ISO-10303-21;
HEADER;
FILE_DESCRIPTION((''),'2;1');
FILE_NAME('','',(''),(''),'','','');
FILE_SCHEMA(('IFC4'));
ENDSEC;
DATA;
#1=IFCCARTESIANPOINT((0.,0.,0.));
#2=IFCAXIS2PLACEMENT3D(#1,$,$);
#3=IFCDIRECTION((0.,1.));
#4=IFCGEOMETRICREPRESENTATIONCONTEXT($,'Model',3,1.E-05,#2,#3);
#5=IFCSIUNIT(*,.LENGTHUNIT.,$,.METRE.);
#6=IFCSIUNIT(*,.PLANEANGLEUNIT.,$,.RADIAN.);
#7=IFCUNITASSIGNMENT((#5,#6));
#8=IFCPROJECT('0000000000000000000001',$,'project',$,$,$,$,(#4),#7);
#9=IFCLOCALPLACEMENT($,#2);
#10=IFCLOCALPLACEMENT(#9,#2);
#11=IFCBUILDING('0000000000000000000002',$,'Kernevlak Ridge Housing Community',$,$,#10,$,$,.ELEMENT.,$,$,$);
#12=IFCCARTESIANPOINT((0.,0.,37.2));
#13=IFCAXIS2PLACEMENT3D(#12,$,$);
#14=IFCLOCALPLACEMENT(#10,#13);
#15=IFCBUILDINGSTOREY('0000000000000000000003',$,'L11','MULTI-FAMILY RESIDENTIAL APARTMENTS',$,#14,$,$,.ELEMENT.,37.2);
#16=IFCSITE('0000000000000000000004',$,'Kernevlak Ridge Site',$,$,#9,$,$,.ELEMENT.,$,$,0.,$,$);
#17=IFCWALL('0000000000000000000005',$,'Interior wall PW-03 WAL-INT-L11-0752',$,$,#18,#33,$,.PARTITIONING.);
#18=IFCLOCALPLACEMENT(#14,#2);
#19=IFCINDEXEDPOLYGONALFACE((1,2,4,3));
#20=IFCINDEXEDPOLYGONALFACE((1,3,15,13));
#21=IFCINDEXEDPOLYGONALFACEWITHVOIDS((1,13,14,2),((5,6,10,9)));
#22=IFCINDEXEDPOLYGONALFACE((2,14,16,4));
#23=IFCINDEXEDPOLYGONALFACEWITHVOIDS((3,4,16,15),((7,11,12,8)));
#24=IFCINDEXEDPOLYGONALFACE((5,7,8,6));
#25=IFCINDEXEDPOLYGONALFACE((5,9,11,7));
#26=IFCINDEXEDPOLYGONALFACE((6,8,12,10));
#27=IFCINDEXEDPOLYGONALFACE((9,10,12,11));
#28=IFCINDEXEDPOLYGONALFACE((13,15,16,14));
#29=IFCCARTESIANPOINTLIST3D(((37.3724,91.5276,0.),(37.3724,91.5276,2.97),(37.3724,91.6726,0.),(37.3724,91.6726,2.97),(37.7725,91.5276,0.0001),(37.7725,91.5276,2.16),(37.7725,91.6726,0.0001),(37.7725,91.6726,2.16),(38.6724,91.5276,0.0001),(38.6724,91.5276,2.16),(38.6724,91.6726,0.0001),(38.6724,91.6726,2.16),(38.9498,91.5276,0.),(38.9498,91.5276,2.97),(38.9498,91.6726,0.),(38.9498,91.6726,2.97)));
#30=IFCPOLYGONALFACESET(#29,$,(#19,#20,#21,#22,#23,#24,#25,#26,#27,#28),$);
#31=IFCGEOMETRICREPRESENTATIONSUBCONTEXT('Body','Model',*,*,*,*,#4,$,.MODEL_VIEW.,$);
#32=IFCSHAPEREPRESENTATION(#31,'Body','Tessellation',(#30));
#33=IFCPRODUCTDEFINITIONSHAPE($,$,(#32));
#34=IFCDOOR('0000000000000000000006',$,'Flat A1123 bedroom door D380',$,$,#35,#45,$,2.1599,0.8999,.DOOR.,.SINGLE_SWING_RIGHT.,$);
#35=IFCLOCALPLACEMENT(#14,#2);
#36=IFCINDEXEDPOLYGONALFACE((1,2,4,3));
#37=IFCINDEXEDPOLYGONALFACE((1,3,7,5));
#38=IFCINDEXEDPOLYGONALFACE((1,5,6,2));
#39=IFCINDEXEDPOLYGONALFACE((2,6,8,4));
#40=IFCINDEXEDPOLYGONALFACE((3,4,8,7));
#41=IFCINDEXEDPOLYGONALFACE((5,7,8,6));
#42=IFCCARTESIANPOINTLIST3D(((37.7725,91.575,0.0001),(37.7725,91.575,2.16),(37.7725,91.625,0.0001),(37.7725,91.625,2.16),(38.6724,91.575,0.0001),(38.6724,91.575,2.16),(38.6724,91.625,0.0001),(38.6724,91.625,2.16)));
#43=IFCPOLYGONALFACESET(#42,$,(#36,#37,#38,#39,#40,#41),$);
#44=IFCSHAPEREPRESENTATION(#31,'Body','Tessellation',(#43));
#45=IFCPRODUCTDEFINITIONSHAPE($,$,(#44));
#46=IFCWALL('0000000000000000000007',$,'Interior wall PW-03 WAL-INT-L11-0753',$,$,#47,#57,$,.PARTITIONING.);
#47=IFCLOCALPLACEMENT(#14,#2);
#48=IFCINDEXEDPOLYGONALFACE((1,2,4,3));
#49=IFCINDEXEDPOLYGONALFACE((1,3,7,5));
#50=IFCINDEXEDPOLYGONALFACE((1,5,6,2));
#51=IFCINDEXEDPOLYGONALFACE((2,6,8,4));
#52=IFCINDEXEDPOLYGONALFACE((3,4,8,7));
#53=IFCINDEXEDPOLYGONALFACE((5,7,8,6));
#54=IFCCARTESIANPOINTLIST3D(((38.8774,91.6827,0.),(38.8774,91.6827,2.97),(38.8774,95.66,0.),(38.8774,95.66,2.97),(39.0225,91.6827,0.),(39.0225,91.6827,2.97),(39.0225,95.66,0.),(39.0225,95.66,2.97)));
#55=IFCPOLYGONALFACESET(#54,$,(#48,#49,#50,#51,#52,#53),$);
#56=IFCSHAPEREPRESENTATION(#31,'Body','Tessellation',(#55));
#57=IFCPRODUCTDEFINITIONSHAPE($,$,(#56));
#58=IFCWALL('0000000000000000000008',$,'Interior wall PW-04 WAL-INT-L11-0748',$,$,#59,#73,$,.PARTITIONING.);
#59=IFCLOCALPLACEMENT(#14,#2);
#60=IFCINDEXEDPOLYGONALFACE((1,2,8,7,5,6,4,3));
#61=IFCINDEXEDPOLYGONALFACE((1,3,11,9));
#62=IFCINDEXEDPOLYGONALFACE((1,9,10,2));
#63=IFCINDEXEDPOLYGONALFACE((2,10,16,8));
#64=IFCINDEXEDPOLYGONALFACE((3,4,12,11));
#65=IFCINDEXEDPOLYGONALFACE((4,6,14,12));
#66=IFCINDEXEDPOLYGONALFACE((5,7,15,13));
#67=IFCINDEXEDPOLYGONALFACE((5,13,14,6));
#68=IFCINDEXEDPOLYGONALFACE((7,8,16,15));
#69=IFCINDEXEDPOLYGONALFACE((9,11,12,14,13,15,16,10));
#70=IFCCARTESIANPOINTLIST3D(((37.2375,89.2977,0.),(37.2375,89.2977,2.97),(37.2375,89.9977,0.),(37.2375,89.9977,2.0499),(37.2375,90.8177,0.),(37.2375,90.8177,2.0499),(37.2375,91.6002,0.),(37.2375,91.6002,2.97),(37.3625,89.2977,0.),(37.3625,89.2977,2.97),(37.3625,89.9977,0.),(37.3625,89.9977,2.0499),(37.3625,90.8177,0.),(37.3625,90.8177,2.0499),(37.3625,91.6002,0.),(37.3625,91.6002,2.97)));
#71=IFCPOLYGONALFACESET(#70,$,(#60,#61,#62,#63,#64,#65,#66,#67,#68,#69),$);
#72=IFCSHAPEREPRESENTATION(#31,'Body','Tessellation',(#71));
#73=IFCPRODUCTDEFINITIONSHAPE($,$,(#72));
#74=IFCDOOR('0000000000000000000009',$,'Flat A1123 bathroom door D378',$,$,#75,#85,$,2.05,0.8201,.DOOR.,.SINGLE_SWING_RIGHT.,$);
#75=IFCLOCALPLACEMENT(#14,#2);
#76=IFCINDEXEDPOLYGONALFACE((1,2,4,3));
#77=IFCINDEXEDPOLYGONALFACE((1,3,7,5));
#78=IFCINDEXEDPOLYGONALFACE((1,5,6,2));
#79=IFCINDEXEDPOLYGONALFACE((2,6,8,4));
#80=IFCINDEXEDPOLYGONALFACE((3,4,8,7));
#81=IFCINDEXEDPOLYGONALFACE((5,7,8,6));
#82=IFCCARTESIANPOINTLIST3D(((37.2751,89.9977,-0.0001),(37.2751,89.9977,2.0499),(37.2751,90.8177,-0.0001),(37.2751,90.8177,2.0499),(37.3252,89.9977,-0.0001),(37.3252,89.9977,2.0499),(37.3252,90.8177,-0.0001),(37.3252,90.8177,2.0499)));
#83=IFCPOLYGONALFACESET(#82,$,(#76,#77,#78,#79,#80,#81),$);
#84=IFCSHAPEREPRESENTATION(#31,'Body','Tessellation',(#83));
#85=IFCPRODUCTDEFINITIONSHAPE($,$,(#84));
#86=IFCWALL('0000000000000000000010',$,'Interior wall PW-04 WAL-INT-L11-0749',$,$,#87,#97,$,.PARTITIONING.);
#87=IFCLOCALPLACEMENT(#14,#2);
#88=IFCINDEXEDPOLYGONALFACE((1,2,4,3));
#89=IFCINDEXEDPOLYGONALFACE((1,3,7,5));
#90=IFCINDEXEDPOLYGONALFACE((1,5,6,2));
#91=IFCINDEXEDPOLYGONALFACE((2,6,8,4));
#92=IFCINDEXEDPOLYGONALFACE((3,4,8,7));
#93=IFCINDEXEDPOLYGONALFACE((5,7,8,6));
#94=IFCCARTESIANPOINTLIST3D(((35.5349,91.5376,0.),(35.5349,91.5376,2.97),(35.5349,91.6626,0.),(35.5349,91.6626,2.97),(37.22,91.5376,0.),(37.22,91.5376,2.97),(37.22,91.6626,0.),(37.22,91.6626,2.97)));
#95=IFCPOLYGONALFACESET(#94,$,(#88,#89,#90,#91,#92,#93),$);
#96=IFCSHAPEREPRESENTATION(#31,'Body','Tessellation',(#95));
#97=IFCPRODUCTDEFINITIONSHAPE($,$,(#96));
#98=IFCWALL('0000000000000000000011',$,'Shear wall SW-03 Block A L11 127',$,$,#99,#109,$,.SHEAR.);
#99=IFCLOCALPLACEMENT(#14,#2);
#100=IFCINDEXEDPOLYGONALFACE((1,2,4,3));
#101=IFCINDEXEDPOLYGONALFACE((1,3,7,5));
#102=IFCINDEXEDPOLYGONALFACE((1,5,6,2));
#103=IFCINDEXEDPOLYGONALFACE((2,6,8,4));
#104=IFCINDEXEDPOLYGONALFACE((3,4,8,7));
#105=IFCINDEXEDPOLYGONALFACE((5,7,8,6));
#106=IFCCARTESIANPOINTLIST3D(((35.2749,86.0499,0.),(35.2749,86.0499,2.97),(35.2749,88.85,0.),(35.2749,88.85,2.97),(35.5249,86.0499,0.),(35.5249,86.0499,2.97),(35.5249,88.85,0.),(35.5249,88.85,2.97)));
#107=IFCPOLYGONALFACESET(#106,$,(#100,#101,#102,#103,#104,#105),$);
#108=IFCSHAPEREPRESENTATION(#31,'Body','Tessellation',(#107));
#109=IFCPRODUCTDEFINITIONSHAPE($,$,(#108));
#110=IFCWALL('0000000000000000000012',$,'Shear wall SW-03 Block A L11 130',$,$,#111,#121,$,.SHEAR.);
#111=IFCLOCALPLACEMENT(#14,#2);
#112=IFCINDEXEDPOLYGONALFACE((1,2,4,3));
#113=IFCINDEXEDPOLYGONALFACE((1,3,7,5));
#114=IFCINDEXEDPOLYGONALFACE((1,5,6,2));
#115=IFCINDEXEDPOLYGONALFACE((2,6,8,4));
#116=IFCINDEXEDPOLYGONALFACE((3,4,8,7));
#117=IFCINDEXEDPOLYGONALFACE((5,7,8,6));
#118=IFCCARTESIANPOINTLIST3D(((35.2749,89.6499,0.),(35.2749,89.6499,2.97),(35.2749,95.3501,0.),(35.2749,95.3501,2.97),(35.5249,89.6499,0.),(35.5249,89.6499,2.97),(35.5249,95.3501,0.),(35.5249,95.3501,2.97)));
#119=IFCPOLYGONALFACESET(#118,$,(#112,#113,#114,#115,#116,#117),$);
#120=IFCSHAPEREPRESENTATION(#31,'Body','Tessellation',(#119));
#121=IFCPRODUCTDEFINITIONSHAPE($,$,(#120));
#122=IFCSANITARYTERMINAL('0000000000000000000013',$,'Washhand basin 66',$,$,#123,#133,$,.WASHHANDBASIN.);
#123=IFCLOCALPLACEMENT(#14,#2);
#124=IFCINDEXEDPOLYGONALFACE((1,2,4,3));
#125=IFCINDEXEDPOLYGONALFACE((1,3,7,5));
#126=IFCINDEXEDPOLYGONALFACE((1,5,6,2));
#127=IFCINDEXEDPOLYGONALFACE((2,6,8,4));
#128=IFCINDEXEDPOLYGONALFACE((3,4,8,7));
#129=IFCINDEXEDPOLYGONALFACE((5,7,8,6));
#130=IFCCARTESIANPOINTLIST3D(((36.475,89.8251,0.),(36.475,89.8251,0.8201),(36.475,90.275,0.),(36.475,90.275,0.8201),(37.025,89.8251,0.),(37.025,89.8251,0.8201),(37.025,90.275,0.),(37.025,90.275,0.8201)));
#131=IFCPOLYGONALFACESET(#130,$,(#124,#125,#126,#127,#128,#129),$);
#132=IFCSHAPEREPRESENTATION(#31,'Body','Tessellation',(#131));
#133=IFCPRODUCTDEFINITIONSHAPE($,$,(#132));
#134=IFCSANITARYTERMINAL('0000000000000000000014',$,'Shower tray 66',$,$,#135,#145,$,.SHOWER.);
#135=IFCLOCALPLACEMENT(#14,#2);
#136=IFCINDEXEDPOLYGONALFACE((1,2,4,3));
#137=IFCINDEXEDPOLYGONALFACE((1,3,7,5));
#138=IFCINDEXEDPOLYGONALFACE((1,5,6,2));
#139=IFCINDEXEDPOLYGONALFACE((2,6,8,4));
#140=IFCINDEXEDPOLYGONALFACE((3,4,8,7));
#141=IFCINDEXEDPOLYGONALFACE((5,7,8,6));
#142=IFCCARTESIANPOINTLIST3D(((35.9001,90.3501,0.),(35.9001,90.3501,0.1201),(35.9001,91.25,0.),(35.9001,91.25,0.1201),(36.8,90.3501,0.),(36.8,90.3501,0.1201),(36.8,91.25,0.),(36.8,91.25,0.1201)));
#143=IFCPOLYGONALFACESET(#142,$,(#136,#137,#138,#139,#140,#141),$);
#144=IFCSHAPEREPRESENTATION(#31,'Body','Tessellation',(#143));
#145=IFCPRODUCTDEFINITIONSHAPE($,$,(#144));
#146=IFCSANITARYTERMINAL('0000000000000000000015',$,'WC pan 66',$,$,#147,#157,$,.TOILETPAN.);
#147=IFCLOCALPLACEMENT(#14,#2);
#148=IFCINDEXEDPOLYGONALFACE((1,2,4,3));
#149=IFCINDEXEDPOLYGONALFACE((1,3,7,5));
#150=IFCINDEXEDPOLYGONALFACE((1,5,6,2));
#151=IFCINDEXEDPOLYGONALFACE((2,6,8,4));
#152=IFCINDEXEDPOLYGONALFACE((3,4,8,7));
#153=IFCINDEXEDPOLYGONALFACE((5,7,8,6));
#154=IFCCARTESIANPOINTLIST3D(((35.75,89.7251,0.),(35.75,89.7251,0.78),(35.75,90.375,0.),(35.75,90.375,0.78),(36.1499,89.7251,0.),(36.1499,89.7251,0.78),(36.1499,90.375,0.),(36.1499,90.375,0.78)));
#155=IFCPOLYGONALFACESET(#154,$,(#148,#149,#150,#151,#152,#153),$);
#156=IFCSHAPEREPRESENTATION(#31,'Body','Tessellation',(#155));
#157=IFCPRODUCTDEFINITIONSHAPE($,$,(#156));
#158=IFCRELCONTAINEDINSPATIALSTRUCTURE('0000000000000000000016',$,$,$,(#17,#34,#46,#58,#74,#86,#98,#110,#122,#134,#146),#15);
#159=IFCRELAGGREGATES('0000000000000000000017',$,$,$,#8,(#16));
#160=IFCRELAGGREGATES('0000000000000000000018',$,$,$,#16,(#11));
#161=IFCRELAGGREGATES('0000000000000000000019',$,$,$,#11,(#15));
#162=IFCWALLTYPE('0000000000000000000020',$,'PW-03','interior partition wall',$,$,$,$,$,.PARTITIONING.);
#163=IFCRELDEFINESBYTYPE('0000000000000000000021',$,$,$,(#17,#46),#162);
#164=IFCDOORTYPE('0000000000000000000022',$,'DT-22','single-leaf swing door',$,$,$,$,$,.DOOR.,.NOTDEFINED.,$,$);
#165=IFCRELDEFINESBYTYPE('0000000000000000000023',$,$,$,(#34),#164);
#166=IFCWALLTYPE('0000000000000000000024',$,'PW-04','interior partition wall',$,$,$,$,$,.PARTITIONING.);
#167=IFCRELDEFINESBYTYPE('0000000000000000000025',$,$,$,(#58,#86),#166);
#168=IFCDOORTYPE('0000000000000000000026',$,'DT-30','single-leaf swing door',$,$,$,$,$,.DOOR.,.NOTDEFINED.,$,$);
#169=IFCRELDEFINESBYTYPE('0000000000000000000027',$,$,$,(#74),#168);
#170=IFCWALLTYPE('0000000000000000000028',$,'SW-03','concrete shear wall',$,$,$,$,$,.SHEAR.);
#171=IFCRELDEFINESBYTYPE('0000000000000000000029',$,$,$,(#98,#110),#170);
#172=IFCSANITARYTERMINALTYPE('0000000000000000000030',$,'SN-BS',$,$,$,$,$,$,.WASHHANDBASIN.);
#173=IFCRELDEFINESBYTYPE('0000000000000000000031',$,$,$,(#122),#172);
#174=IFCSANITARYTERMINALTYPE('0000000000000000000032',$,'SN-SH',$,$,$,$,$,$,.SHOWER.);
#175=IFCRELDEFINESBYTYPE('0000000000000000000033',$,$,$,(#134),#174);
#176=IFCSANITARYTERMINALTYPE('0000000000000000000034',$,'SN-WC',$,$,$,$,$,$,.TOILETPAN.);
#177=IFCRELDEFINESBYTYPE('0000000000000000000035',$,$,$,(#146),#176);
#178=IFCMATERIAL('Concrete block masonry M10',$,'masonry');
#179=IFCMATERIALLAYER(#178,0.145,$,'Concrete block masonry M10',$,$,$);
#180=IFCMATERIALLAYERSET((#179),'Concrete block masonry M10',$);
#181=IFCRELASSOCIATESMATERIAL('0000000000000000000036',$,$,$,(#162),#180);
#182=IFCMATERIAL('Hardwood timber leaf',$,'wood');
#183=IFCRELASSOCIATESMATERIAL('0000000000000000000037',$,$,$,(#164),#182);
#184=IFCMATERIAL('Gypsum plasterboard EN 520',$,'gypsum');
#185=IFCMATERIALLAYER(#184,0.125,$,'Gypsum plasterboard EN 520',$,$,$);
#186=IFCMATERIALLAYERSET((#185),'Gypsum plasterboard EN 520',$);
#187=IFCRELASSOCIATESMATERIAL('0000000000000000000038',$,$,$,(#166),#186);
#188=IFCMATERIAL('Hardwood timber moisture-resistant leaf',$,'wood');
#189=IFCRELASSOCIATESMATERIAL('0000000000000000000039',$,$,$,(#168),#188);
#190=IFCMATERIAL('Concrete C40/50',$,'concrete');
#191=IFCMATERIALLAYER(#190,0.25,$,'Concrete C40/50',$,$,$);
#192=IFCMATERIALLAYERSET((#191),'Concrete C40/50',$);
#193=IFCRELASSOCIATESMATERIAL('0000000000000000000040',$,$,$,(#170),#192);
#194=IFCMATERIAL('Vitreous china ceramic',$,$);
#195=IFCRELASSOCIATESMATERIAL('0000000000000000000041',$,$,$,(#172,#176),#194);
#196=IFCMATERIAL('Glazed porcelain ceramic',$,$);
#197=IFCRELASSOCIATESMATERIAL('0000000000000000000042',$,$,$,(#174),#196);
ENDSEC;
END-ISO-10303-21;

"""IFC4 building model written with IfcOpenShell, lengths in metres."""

from ifc_helpers import new_model, si_unit, direction, frame, frame_2d, origin, origin_2d, place, context, subcontext, project, spatial, rectangle, extrude, material, layer, layer_set, type_object, element, fill, save


model = new_model("IFC4")

# Units and contexts
model_context = context("Model", 3, precision=1e-05, world=origin(), true_north=direction((0.0, 1.0)))
body_context = subcontext(model_context, "Body", "Model", "MODEL_VIEW")
ifc_project = project(units=[si_unit("LENGTHUNIT", "METRE"), si_unit("PLANEANGLEUNIT", "RADIAN")], contexts=[model_context])

# Site, building, storey
site_placement = place(None, origin())
site = spatial("IfcSite", under=ifc_project, at=site_placement, Name="Kernevlak Ridge Site", CompositionType="ELEMENT", RefElevation=0.0)
building_placement = place(site_placement, origin())
building = spatial("IfcBuilding", under=site, at=building_placement, Name="Kernevlak Ridge Housing Community", CompositionType="ELEMENT")
storey_placement = place(building_placement, frame((0.0, 0.0, 37.2)))
storey = spatial("IfcBuildingStorey", under=building, at=storey_placement, Name="L11", Description="MULTI-FAMILY RESIDENTIAL APARTMENTS", CompositionType="ELEMENT", Elevation=37.2)

# Shared definitions
ifc_material_1 = material(Name="Concrete block masonry M10", Category="masonry")

# Shared definitions
ifc_layer_1 = layer(ifc_material_1, 0.145, Name="Concrete block masonry M10")
ifc_layer_set_1 = layer_set([ifc_layer_1], Name="Concrete block masonry M10")
wall_type_1 = type_object("IfcWallType", Name="PW-03", Description="interior partition wall", PredefinedType="PARTITIONING", material=ifc_layer_set_1)

# Wall, opening, door
wall_1_placement = place(storey_placement, frame((37.3726, 91.6001, 0.0), z_axis=(0.0, 0.0, 1.0), x_axis=(1.0, 0.0, 0.0)))
wall_1 = element("IfcWall", 1, at=wall_1_placement, inside=storey, type_object=wall_type_1, Name="Interior wall PW-03 WAL-INT-L11-0752", PredefinedType="PARTITIONING", context=body_context, shape_type="SweptSolid", body=[
    extrude(rectangle(XDim=1.5774, YDim=0.145, at=frame_2d((0.7886, 0.0))), origin(), (0.0, 0.0, 1.0), 2.97),
])
opening_1_placement = place(wall_1_placement, frame((0.3999, 0.0, 0.0)))
opening_1 = element("IfcOpeningElement", 2, at=opening_1_placement, cuts=wall_1, PredefinedType="OPENING", context=body_context, shape_type="SweptSolid", body=[
    extrude(rectangle(XDim=0.8999, YDim=2.1599, at=frame_2d((0.45, 1.0801))), frame((0.0, 0.0825, 0.0), z_axis=(0.0, -1.0, 0.0), x_axis=(1.0, 0.0, 0.0)), (0.0, 0.0, 1.0), 0.165),
])
ifc_material_2 = material(Name="Hardwood timber leaf", Category="wood")
door_type_1 = type_object("IfcDoorType", Name="DT-22", Description="single-leaf swing door", OperationType="NOTDEFINED", PredefinedType="DOOR", material=ifc_material_2)
door_1_placement = place(opening_1_placement, origin())
door_1 = element("IfcDoor", 3, at=door_1_placement, inside=storey, type_object=door_type_1, Name="Flat A1123 bedroom door D380", OperationType="SINGLE_SWING_RIGHT", OverallHeight=2.1599, OverallWidth=0.8999, PredefinedType="DOOR", context=body_context, shape_type="SweptSolid", body=[
    extrude(rectangle(XDim=0.8999, YDim=2.1599, at=frame_2d((0.45, 1.0801))), frame((0.0, 0.0249, 0.0), z_axis=(0.0, -1.0, 0.0), x_axis=(1.0, 0.0, 0.0)), (0.0, 0.0, 1.0), 0.05),
])
fill(opening_1, door_1)

# Wall
wall_2_placement = place(storey_placement, frame((38.95, 91.6826, 0.0), z_axis=(0.0, 0.0, 1.0), x_axis=(0.0, 1.0, 0.0)))
element("IfcWall", 4, at=wall_2_placement, inside=storey, type_object=wall_type_1, Name="Interior wall PW-03 WAL-INT-L11-0753", PredefinedType="PARTITIONING", context=body_context, shape_type="SweptSolid", body=[
    extrude(rectangle(XDim=3.9773, YDim=0.145, at=frame_2d((1.9888, 0.0))), origin(), (0.0, 0.0, 1.0), 2.97),
])

# Wall, opening, door
ifc_material_3 = material(Name="Gypsum plasterboard EN 520", Category="gypsum")
ifc_layer_2 = layer(ifc_material_3, 0.125, Name="Gypsum plasterboard EN 520")
ifc_layer_set_2 = layer_set([ifc_layer_2], Name="Gypsum plasterboard EN 520")
wall_type_2 = type_object("IfcWallType", Name="PW-04", Description="interior partition wall", PredefinedType="PARTITIONING", material=ifc_layer_set_2)
wall_3_placement = place(storey_placement, frame((37.3, 89.2976, 0.0), z_axis=(0.0, 0.0, 1.0), x_axis=(0.0, 1.0, 0.0)))
wall_3 = element("IfcWall", 5, at=wall_3_placement, inside=storey, type_object=wall_type_2, Name="Interior wall PW-04 WAL-INT-L11-0748", PredefinedType="PARTITIONING", context=body_context, shape_type="SweptSolid", body=[
    extrude(rectangle(XDim=2.3025, YDim=0.125, at=frame_2d((1.1514, 0.0))), origin(), (0.0, 0.0, 1.0), 2.97),
])
opening_2_placement = place(wall_3_placement, frame((0.7, 0.0, 0.0)))
opening_2 = element("IfcOpeningElement", 6, at=opening_2_placement, cuts=wall_3, PredefinedType="OPENING", context=body_context, shape_type="SweptSolid", body=[
    extrude(rectangle(XDim=0.8201, YDim=2.05, at=frame_2d((0.4102, 1.0249))), frame((0.0, 0.0725, 0.0), z_axis=(0.0, -1.0, 0.0), x_axis=(1.0, 0.0, 0.0)), (0.0, 0.0, 1.0), 0.145),
])
ifc_material_4 = material(Name="Hardwood timber moisture-resistant leaf", Category="wood")
door_type_2 = type_object("IfcDoorType", Name="DT-30", Description="single-leaf swing door", OperationType="NOTDEFINED", PredefinedType="DOOR", material=ifc_material_4)
door_2_placement = place(opening_2_placement, origin())
door_2 = element("IfcDoor", 7, at=door_2_placement, inside=storey, type_object=door_type_2, Name="Flat A1123 bathroom door D378", OperationType="SINGLE_SWING_RIGHT", OverallHeight=2.05, OverallWidth=0.8201, PredefinedType="DOOR", context=body_context, shape_type="SweptSolid", body=[
    extrude(rectangle(XDim=0.8201, YDim=2.05, at=frame_2d((0.4102, 1.0249))), frame((0.0, 0.0249, 0.0), z_axis=(0.0, -1.0, 0.0), x_axis=(1.0, 0.0, 0.0)), (0.0, 0.0, 1.0), 0.05),
])
fill(opening_2, door_2)

# Walls
wall_4_placement = place(storey_placement, frame((35.5349, 91.6001, 0.0), z_axis=(0.0, 0.0, 1.0), x_axis=(1.0, 0.0, 0.0)))
element("IfcWall", 8, at=wall_4_placement, inside=storey, type_object=wall_type_2, Name="Interior wall PW-04 WAL-INT-L11-0749", PredefinedType="PARTITIONING", context=body_context, shape_type="SweptSolid", body=[
    extrude(rectangle(XDim=1.6851, YDim=0.125, at=frame_2d((0.8425, 0.0))), origin(), (0.0, 0.0, 1.0), 2.97),
])
ifc_material_5 = material(Name="Concrete C40/50", Category="concrete")
ifc_layer_3 = layer(ifc_material_5, 0.25, Name="Concrete C40/50")
ifc_layer_set_3 = layer_set([ifc_layer_3], Name="Concrete C40/50")
wall_type_3 = type_object("IfcWallType", Name="SW-03", Description="concrete shear wall", PredefinedType="SHEAR", material=ifc_layer_set_3)
wall_5_placement = place(storey_placement, frame((35.3999, 86.05, 0.0), z_axis=(0.0, 0.0, 1.0), x_axis=(0.0, 1.0, 0.0)))
element("IfcWall", 9, at=wall_5_placement, inside=storey, type_object=wall_type_3, Name="Shear wall SW-03 Block A L11 127", PredefinedType="SHEAR", context=body_context, shape_type="SweptSolid", body=[
    extrude(rectangle(XDim=2.8, YDim=0.25, at=frame_2d((1.3999, 0.0))), origin(), (0.0, 0.0, 1.0), 2.97),
])
wall_6_placement = place(storey_placement, frame((35.3999, 89.6499, 0.0), z_axis=(0.0, 0.0, 1.0), x_axis=(0.0, 1.0, 0.0)))
element("IfcWall", 10, at=wall_6_placement, inside=storey, type_object=wall_type_3, Name="Shear wall SW-03 Block A L11 130", PredefinedType="SHEAR", context=body_context, shape_type="SweptSolid", body=[
    extrude(rectangle(XDim=5.7002, YDim=0.25, at=frame_2d((2.8501, 0.0))), origin(), (0.0, 0.0, 1.0), 2.97),
])

# Sanitary terminals
ifc_material_6 = material(Name="Vitreous china ceramic")
sanitary_terminal_type_1 = type_object("IfcSanitaryTerminalType", Name="SN-BS", PredefinedType="WASHHANDBASIN", material=ifc_material_6)
sanitary_terminal_1_placement = place(storey_placement, frame((36.75, 90.05, 0.0), z_axis=(0.0, 0.0, 1.0), x_axis=(1.0, 0.0, 0.0)))
element("IfcSanitaryTerminal", 11, at=sanitary_terminal_1_placement, inside=storey, type_object=sanitary_terminal_type_1, Name="Washhand basin 66", PredefinedType="WASHHANDBASIN", context=body_context, shape_type="SweptSolid", body=[
    extrude(rectangle(XDim=0.55, YDim=0.45, at=origin_2d()), origin(), (0.0, 0.0, 1.0), 0.8201),
])
ifc_material_7 = material(Name="Glazed porcelain ceramic")
sanitary_terminal_type_2 = type_object("IfcSanitaryTerminalType", Name="SN-SH", PredefinedType="SHOWER", material=ifc_material_7)
sanitary_terminal_2_placement = place(storey_placement, frame((36.3501, 90.8, 0.0), z_axis=(0.0, 0.0, 1.0), x_axis=(1.0, 0.0, 0.0)))
element("IfcSanitaryTerminal", 12, at=sanitary_terminal_2_placement, inside=storey, type_object=sanitary_terminal_type_2, Name="Shower tray 66", PredefinedType="SHOWER", context=body_context, shape_type="SweptSolid", body=[
    extrude(rectangle(XDim=0.8999, YDim=0.8999, at=origin_2d()), origin(), (0.0, 0.0, 1.0), 0.1201),
])
sanitary_terminal_type_3 = type_object("IfcSanitaryTerminalType", Name="SN-WC", PredefinedType="TOILETPAN", material=ifc_material_6)
sanitary_terminal_3_placement = place(storey_placement, frame((35.95, 90.05, 0.0), z_axis=(0.0, 0.0, 1.0), x_axis=(1.0, 0.0, 0.0)))
element("IfcSanitaryTerminal", 13, at=sanitary_terminal_3_placement, inside=storey, type_object=sanitary_terminal_type_3, Name="WC pan 66", PredefinedType="TOILETPAN", context=body_context, shape_type="SweptSolid", body=[
    extrude(rectangle(XDim=0.3999, YDim=0.6499, at=origin_2d()), origin(), (0.0, 0.0, 1.0), 0.78),
])

save(model, "model.ifc")
